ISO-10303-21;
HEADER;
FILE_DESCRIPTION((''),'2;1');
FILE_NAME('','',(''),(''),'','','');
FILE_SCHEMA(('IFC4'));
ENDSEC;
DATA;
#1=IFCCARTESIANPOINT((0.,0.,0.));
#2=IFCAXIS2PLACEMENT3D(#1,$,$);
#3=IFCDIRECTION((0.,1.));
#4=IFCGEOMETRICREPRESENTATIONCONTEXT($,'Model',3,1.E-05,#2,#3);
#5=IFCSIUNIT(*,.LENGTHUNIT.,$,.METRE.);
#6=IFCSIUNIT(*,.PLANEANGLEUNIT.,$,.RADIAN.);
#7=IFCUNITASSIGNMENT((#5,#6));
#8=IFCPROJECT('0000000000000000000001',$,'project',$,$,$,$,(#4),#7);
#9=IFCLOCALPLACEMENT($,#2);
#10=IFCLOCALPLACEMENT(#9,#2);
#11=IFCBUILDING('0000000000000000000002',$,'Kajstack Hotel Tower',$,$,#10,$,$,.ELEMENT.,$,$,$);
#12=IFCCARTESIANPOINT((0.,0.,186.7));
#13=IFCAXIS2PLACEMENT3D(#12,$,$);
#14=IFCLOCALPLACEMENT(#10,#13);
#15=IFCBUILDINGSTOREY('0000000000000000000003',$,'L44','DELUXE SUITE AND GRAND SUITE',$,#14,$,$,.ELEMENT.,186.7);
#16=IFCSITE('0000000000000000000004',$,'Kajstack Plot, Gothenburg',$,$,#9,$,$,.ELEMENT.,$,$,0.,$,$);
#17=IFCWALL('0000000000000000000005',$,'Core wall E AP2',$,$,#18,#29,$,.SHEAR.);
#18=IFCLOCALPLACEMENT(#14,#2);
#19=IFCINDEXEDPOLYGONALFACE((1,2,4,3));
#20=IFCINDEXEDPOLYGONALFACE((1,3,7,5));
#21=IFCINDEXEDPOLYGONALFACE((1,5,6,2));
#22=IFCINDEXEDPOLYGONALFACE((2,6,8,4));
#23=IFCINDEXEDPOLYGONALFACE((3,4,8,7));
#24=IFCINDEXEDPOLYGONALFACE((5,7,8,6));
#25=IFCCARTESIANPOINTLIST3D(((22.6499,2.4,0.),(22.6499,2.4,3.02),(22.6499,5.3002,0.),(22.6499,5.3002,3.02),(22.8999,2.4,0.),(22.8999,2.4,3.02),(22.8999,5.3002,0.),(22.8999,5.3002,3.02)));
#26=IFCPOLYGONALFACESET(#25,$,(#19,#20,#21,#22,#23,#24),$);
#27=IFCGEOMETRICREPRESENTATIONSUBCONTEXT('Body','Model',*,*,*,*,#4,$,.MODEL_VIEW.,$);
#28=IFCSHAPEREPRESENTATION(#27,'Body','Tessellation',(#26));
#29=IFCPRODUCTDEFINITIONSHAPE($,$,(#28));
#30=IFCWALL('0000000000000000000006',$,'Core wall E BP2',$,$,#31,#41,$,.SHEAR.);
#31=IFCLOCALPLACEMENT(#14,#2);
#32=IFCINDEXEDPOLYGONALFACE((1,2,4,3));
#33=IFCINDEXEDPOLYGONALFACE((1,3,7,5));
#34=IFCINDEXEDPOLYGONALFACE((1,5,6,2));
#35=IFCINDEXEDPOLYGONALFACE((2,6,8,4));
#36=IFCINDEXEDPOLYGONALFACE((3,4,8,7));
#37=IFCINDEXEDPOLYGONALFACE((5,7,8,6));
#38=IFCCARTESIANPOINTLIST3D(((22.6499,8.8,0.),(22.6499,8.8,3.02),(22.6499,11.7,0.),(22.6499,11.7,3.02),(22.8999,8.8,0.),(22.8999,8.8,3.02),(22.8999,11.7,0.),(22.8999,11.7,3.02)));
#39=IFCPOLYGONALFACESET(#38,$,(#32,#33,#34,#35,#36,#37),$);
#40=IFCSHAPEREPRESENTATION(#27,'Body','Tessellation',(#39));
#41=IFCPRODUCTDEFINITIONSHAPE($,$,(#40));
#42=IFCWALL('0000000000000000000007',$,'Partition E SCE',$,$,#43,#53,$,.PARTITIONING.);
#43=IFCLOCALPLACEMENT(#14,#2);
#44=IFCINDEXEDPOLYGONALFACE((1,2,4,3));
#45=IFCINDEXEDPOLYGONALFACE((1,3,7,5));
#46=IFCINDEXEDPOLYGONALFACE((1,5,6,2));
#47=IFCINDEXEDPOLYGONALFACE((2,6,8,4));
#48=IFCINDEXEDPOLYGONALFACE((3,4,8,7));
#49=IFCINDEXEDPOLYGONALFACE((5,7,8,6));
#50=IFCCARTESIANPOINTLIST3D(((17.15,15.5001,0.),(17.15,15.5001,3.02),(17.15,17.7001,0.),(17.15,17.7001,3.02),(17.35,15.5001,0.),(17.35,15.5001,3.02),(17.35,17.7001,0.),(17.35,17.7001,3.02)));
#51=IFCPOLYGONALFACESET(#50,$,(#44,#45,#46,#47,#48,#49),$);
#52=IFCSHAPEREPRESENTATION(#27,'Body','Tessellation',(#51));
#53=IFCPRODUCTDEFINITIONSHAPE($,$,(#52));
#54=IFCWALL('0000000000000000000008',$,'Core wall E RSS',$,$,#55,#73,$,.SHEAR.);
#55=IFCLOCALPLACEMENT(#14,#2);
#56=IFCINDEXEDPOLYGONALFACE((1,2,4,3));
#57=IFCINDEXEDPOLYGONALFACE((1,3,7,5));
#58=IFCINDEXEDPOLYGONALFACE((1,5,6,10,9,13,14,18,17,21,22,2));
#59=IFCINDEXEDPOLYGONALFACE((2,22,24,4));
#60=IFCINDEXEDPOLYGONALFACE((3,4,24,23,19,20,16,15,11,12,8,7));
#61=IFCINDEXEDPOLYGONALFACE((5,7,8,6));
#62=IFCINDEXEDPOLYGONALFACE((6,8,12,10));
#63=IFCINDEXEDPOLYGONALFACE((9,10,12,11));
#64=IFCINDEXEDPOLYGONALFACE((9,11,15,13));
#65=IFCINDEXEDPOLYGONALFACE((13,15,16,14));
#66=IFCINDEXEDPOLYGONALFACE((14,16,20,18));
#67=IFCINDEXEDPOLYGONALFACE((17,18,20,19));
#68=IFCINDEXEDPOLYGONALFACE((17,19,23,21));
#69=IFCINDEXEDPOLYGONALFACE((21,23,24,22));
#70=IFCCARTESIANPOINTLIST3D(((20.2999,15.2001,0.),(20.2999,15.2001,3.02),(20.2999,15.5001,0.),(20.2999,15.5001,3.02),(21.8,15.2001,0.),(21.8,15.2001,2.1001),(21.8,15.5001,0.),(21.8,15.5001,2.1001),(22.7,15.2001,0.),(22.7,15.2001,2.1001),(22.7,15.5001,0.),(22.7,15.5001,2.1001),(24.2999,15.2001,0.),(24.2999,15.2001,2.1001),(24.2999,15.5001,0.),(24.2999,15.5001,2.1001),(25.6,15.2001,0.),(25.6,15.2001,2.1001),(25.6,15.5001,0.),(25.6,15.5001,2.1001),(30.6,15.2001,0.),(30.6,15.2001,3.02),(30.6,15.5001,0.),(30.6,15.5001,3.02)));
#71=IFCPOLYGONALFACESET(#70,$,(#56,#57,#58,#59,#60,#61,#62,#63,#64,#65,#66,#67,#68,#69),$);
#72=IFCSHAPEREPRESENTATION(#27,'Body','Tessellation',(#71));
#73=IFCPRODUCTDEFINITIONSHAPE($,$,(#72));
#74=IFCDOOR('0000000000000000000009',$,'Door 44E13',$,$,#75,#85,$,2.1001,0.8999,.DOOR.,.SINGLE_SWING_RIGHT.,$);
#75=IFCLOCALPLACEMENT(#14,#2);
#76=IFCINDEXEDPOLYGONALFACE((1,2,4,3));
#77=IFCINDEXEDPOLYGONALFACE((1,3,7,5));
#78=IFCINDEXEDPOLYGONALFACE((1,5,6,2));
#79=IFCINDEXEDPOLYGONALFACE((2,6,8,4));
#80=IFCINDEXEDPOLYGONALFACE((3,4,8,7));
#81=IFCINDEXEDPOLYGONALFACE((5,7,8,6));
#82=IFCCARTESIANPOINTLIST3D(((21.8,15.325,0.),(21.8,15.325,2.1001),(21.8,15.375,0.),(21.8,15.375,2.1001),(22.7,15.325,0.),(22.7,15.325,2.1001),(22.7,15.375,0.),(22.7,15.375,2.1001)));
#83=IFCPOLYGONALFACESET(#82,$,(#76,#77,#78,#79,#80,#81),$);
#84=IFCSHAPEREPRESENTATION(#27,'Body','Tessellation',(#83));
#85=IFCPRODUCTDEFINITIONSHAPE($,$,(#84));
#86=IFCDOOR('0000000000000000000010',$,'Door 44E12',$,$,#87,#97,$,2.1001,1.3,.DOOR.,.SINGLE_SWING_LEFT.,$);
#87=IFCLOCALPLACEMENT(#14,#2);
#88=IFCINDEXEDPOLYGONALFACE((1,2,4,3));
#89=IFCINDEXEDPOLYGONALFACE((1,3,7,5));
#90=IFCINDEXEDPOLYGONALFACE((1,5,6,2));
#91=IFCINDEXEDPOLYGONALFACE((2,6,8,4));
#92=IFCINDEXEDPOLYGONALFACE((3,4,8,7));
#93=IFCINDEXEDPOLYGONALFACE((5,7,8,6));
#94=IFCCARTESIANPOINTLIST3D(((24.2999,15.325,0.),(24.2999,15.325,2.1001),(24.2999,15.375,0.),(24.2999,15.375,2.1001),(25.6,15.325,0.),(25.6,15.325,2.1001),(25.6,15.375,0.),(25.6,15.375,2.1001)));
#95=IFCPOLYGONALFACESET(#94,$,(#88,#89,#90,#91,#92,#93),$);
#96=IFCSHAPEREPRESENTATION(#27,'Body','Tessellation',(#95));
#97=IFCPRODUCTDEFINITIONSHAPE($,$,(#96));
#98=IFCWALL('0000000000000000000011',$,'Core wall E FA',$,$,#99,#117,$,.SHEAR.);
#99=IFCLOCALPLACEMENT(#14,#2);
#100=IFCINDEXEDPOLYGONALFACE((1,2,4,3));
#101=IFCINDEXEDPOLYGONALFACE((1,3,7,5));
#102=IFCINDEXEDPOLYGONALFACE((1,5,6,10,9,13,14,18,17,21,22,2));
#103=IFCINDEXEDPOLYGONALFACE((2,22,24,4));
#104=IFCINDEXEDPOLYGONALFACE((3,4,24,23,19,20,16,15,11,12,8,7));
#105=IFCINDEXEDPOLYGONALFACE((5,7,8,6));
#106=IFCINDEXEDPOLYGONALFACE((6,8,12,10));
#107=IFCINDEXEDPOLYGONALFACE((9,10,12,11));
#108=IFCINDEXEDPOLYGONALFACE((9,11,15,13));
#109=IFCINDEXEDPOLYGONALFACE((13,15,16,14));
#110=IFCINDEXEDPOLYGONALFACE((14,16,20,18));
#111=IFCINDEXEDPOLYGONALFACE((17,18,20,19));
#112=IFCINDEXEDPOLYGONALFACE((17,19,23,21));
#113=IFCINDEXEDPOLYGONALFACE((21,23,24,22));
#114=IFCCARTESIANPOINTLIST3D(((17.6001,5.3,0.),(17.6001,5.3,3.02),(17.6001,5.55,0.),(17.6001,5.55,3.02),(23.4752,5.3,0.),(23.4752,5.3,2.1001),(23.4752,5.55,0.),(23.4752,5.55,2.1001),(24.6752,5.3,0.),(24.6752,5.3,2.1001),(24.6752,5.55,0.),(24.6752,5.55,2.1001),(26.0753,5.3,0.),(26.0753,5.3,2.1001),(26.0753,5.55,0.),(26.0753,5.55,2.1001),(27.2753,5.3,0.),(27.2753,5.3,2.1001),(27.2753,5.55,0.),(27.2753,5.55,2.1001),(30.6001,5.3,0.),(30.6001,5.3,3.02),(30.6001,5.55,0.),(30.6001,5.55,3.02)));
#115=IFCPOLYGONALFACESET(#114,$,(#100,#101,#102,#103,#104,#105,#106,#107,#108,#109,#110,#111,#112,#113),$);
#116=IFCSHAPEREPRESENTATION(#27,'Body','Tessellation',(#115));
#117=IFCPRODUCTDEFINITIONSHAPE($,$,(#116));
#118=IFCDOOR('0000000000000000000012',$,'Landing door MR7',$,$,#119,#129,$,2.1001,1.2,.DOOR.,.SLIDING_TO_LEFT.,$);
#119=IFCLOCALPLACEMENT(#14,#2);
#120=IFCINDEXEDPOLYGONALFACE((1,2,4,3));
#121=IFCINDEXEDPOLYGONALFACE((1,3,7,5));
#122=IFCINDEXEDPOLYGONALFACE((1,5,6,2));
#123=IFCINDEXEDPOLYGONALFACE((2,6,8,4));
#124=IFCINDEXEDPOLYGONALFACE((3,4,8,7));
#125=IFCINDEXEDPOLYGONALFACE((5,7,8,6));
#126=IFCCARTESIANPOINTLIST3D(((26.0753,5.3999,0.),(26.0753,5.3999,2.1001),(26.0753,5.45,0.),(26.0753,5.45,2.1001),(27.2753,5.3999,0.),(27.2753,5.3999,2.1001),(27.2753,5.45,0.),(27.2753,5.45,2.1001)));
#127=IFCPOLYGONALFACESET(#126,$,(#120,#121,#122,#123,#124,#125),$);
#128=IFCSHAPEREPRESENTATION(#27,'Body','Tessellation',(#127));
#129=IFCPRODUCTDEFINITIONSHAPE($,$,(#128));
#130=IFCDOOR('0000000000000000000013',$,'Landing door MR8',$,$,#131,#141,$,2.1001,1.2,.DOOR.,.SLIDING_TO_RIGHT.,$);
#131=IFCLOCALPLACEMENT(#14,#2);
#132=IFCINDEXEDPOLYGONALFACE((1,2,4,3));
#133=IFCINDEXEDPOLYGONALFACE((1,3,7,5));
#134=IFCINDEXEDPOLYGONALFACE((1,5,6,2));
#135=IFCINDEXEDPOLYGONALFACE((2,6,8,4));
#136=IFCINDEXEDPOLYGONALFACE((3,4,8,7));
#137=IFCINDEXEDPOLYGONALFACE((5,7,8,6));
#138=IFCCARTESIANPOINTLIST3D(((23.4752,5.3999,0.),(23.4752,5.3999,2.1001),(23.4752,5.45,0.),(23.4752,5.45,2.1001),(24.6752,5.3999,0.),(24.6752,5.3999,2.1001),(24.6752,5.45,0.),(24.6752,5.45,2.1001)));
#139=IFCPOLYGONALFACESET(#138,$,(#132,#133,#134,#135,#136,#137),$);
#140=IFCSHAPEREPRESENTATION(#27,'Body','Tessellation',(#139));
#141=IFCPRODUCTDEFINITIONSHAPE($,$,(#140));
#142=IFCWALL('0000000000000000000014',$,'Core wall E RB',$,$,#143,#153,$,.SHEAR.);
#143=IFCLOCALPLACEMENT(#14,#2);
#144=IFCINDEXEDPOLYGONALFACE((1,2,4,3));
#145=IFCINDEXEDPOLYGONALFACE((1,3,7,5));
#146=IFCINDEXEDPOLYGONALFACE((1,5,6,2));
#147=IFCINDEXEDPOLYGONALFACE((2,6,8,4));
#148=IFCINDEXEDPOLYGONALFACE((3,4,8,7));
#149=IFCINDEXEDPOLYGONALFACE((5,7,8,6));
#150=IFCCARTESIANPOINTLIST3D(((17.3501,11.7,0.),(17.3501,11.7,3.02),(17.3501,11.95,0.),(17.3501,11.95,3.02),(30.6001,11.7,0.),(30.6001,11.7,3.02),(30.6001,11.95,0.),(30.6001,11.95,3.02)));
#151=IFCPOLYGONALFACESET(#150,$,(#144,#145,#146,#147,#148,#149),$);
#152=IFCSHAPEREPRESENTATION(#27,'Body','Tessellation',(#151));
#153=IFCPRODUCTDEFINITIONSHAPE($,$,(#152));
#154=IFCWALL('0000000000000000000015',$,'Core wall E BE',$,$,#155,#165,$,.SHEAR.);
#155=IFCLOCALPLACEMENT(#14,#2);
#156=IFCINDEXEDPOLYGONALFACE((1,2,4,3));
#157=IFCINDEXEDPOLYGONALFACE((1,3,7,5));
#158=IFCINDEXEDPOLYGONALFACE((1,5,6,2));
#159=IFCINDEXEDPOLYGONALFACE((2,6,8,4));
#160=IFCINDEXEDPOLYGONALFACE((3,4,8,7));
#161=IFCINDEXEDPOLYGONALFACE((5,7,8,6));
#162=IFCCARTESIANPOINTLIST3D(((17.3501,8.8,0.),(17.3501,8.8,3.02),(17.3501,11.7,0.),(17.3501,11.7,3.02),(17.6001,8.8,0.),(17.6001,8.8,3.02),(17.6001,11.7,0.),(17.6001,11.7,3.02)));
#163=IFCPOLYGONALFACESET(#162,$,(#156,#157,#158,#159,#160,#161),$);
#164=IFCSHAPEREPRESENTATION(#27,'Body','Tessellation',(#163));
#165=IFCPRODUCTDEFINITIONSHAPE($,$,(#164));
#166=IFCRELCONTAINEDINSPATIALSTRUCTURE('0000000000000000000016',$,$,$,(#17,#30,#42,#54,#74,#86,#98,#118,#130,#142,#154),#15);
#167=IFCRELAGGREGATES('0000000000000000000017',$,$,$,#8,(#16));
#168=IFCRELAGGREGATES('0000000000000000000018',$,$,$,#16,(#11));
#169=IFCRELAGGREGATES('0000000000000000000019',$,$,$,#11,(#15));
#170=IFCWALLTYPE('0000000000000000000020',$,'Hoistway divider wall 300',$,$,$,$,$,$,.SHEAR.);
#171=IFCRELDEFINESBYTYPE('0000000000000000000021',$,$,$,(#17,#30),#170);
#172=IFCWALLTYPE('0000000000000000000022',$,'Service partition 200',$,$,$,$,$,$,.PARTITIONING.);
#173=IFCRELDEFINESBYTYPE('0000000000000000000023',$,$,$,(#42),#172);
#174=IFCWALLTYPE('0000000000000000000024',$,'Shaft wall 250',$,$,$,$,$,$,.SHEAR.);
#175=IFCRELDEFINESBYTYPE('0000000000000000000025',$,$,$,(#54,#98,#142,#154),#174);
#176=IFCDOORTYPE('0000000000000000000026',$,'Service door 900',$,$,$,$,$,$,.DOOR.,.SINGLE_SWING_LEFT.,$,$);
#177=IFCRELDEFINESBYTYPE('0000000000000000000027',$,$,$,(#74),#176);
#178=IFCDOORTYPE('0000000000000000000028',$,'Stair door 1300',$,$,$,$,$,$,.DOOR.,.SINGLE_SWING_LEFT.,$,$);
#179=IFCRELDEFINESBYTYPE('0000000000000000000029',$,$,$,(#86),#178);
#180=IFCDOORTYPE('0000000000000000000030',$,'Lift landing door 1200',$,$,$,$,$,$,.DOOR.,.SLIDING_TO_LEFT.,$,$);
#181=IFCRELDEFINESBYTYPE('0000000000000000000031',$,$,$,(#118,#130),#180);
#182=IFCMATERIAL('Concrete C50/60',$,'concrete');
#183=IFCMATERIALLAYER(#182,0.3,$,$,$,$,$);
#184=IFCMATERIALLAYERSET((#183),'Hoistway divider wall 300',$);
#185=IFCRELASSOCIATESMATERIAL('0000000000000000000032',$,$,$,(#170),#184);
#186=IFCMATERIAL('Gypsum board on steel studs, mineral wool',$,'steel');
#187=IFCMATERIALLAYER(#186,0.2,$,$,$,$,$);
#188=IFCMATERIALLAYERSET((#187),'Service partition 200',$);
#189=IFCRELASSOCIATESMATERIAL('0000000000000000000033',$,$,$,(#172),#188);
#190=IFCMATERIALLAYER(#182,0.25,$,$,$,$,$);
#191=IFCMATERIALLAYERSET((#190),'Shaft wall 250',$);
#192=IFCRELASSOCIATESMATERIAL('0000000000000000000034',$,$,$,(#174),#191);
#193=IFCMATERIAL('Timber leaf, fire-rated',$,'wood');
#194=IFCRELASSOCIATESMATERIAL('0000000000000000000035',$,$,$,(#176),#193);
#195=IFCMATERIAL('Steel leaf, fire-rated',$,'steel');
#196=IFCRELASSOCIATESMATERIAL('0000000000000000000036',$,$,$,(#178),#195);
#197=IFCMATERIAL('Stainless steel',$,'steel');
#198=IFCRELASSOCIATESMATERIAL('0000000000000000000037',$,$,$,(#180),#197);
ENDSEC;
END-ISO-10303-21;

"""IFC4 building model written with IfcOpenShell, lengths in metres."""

from ifc_helpers import new_model, si_unit, direction, frame, frame_2d, origin, place, context, subcontext, project, spatial, rectangle, extrude, material, layer, layer_set, type_object, element, fill, save


model = new_model("IFC4")

# Units and contexts
model_context = context("Model", 3, precision=1e-05, world=origin(), true_north=direction((0.0, 1.0)))
body_context = subcontext(model_context, "Body", "Model", "MODEL_VIEW")
ifc_project = project(units=[si_unit("LENGTHUNIT", "METRE"), si_unit("PLANEANGLEUNIT", "RADIAN")], contexts=[model_context])

# Site, building, storey
site_placement = place(None, origin())
site = spatial("IfcSite", under=ifc_project, at=site_placement, Name="Kajstack Plot, Gothenburg", CompositionType="ELEMENT", RefElevation=0.0)
building_placement = place(site_placement, origin())
building = spatial("IfcBuilding", under=site, at=building_placement, Name="Kajstack Hotel Tower", CompositionType="ELEMENT")
storey_placement = place(building_placement, frame((0.0, 0.0, 186.7)))
storey = spatial("IfcBuildingStorey", under=building, at=storey_placement, Name="L44", Description="DELUXE SUITE AND GRAND SUITE", CompositionType="ELEMENT", Elevation=186.7)

# Walls
ifc_material_1 = material(Name="Concrete C50/60", Category="concrete")
ifc_layer_1 = layer(ifc_material_1, 0.3)
ifc_layer_set_1 = layer_set([ifc_layer_1], Name="Hoistway divider wall 300")
wall_type_1 = type_object("IfcWallType", Name="Hoistway divider wall 300", PredefinedType="SHEAR", material=ifc_layer_set_1)
wall_1_placement = place(storey_placement, frame((22.7749, 2.3999, 0.0), z_axis=(0.0, 0.0, 1.0), x_axis=(0.0, 1.0, 0.0)))
element("IfcWall", 1, at=wall_1_placement, inside=storey, type_object=wall_type_1, Name="Core wall E AP2", PredefinedType="SHEAR", context=body_context, shape_type="SweptSolid", body=[
    extrude(rectangle(XDim=2.9001, YDim=0.25, at=frame_2d((1.4502, 0.0))), origin(), (0.0, 0.0, 1.0), 3.02),
])
wall_2_placement = place(storey_placement, frame((22.7749, 8.8, 0.0), z_axis=(0.0, 0.0, 1.0), x_axis=(0.0, 1.0, 0.0)))
element("IfcWall", 2, at=wall_2_placement, inside=storey, type_object=wall_type_1, Name="Core wall E BP2", PredefinedType="SHEAR", context=body_context, shape_type="SweptSolid", body=[
    extrude(rectangle(XDim=2.8999, YDim=0.25, at=frame_2d((1.45, 0.0))), origin(), (0.0, 0.0, 1.0), 3.02),
])
ifc_material_2 = material(Name="Gypsum board on steel studs, mineral wool", Category="steel")
ifc_layer_2 = layer(ifc_material_2, 0.2)
ifc_layer_set_2 = layer_set([ifc_layer_2], Name="Service partition 200")
wall_type_2 = type_object("IfcWallType", Name="Service partition 200", PredefinedType="PARTITIONING", material=ifc_layer_set_2)
wall_3_placement = place(storey_placement, frame((17.25, 15.5, 0.0), z_axis=(0.0, 0.0, 1.0), x_axis=(0.0, 1.0, 0.0)))
element("IfcWall", 3, at=wall_3_placement, inside=storey, type_object=wall_type_2, Name="Partition E SCE", PredefinedType="PARTITIONING", context=body_context, shape_type="SweptSolid", body=[
    extrude(rectangle(XDim=2.2, YDim=0.2, at=frame_2d((1.1001, 0.0))), origin(), (0.0, 0.0, 1.0), 3.02),
])

# Walls, openings, doors
ifc_layer_3 = layer(ifc_material_1, 0.25)
ifc_layer_set_3 = layer_set([ifc_layer_3], Name="Shaft wall 250")
wall_type_3 = type_object("IfcWallType", Name="Shaft wall 250", PredefinedType="SHEAR", material=ifc_layer_set_3)
wall_4_placement = place(storey_placement, frame((20.3, 15.3501, 0.0), z_axis=(0.0, 0.0, 1.0), x_axis=(1.0, 0.0, 0.0)))
wall_4 = element("IfcWall", 4, at=wall_4_placement, inside=storey, type_object=wall_type_3, Name="Core wall E RSS", PredefinedType="SHEAR", context=body_context, shape_type="SweptSolid", body=[
    extrude(rectangle(XDim=10.3, YDim=0.3, at=frame_2d((5.1499, 0.0))), origin(), (0.0, 0.0, 1.0), 3.02),
])
opening_1_placement = place(wall_4_placement, frame((4.0, 0.0, 0.0)))
opening_1 = element("IfcOpeningElement", 5, at=opening_1_placement, cuts=wall_4, PredefinedType="OPENING", context=body_context, shape_type="SweptSolid", body=[
    extrude(rectangle(XDim=1.3, YDim=2.1001, at=frame_2d((0.6499, 1.05))), frame((0.0, 0.1599, 0.0), z_axis=(0.0, -1.0, 0.0), x_axis=(1.0, 0.0, 0.0)), (0.0, 0.0, 1.0), 0.3201),
])
opening_2_placement = place(wall_4_placement, frame((1.5, 0.0, 0.0)))
opening_2 = element("IfcOpeningElement", 6, at=opening_2_placement, cuts=wall_4, PredefinedType="OPENING", context=body_context, shape_type="SweptSolid", body=[
    extrude(rectangle(XDim=0.8999, YDim=2.1001, at=frame_2d((0.45, 1.05))), frame((0.0, 0.1599, 0.0), z_axis=(0.0, -1.0, 0.0), x_axis=(1.0, 0.0, 0.0)), (0.0, 0.0, 1.0), 0.3201),
])
ifc_material_3 = material(Name="Timber leaf, fire-rated", Category="wood")
door_type_1 = type_object("IfcDoorType", Name="Service door 900", OperationType="SINGLE_SWING_LEFT", PredefinedType="DOOR", material=ifc_material_3)
door_1_placement = place(opening_2_placement, origin())
door_1 = element("IfcDoor", 7, at=door_1_placement, inside=storey, type_object=door_type_1, Name="Door 44E13", OperationType="SINGLE_SWING_RIGHT", OverallHeight=2.1001, OverallWidth=0.8999, PredefinedType="DOOR", context=body_context, shape_type="SweptSolid", body=[
    extrude(rectangle(XDim=0.8999, YDim=2.1001, at=frame_2d((0.45, 1.05))), frame((0.0, 0.0249, 0.0), z_axis=(0.0, -1.0, 0.0), x_axis=(1.0, 0.0, 0.0)), (0.0, 0.0, 1.0), 0.05),
])
fill(opening_2, door_1)
ifc_material_4 = material(Name="Steel leaf, fire-rated", Category="steel")
door_type_2 = type_object("IfcDoorType", Name="Stair door 1300", OperationType="SINGLE_SWING_LEFT", PredefinedType="DOOR", material=ifc_material_4)
door_2_placement = place(opening_1_placement, origin())
door_2 = element("IfcDoor", 8, at=door_2_placement, inside=storey, type_object=door_type_2, Name="Door 44E12", OperationType="SINGLE_SWING_LEFT", OverallHeight=2.1001, OverallWidth=1.3, PredefinedType="DOOR", context=body_context, shape_type="SweptSolid", body=[
    extrude(rectangle(XDim=1.3, YDim=2.1001, at=frame_2d((0.6499, 1.05))), frame((0.0, 0.0249, 0.0), z_axis=(0.0, -1.0, 0.0), x_axis=(1.0, 0.0, 0.0)), (0.0, 0.0, 1.0), 0.05),
])
fill(opening_1, door_2)
wall_5_placement = place(storey_placement, frame((17.6001, 5.425, 0.0), z_axis=(0.0, 0.0, 1.0), x_axis=(1.0, 0.0, 0.0)))
wall_5 = element("IfcWall", 9, at=wall_5_placement, inside=storey, type_object=wall_type_3, Name="Core wall E FA", PredefinedType="SHEAR", context=body_context, shape_type="SweptSolid", body=[
    extrude(rectangle(XDim=13.0, YDim=0.25, at=frame_2d((6.5, 0.0))), origin(), (0.0, 0.0, 1.0), 3.02),
])
opening_3_placement = place(wall_5_placement, frame((8.4751, 0.0, 0.0)))
opening_3 = element("IfcOpeningElement", 10, at=opening_3_placement, cuts=wall_5, PredefinedType="OPENING", context=body_context, shape_type="SweptSolid", body=[
    extrude(rectangle(XDim=1.2, YDim=2.1001, at=frame_2d((0.6001, 1.05))), frame((0.0, 0.135, 0.0), z_axis=(0.0, -1.0, 0.0), x_axis=(1.0, 0.0, 0.0)), (0.0, 0.0, 1.0), 0.27),
])
opening_4_placement = place(wall_5_placement, frame((5.875, 0.0, 0.0)))
opening_4 = element("IfcOpeningElement", 11, at=opening_4_placement, cuts=wall_5, PredefinedType="OPENING", context=body_context, shape_type="SweptSolid", body=[
    extrude(rectangle(XDim=1.2, YDim=2.1001, at=frame_2d((0.6001, 1.05))), frame((0.0, 0.135, 0.0), z_axis=(0.0, -1.0, 0.0), x_axis=(1.0, 0.0, 0.0)), (0.0, 0.0, 1.0), 0.27),
])
ifc_material_5 = material(Name="Stainless steel", Category="steel")
door_type_3 = type_object("IfcDoorType", Name="Lift landing door 1200", OperationType="SLIDING_TO_LEFT", PredefinedType="DOOR", material=ifc_material_5)
door_3_placement = place(opening_3_placement, origin())
door_3 = element("IfcDoor", 12, at=door_3_placement, inside=storey, type_object=door_type_3, Name="Landing door MR7", OperationType="SLIDING_TO_LEFT", OverallHeight=2.1001, OverallWidth=1.2, PredefinedType="DOOR", context=body_context, shape_type="SweptSolid", body=[
    extrude(rectangle(XDim=1.2, YDim=2.1001, at=frame_2d((0.6001, 1.05))), frame((0.0, 0.0249, 0.0), z_axis=(0.0, -1.0, 0.0), x_axis=(1.0, 0.0, 0.0)), (0.0, 0.0, 1.0), 0.05),
])
fill(opening_3, door_3)
door_4_placement = place(opening_4_placement, origin())
door_4 = element("IfcDoor", 13, at=door_4_placement, inside=storey, type_object=door_type_3, Name="Landing door MR8", OperationType="SLIDING_TO_RIGHT", OverallHeight=2.1001, OverallWidth=1.2, PredefinedType="DOOR", context=body_context, shape_type="SweptSolid", body=[
    extrude(rectangle(XDim=1.2, YDim=2.1001, at=frame_2d((0.6001, 1.05))), frame((0.0, 0.0249, 0.0), z_axis=(0.0, -1.0, 0.0), x_axis=(1.0, 0.0, 0.0)), (0.0, 0.0, 1.0), 0.05),
])
fill(opening_4, door_4)

# Walls
wall_6_placement = place(storey_placement, frame((17.3501, 11.825, 0.0), z_axis=(0.0, 0.0, 1.0), x_axis=(1.0, 0.0, 0.0)))
element("IfcWall", 14, at=wall_6_placement, inside=storey, type_object=wall_type_3, Name="Core wall E RB", PredefinedType="SHEAR", context=body_context, shape_type="SweptSolid", body=[
    extrude(rectangle(XDim=13.25, YDim=0.25, at=frame_2d((6.625, 0.0))), origin(), (0.0, 0.0, 1.0), 3.02),
])
wall_7_placement = place(storey_placement, frame((17.4751, 8.8, 0.0), z_axis=(0.0, 0.0, 1.0), x_axis=(0.0, 1.0, 0.0)))
element("IfcWall", 15, at=wall_7_placement, inside=storey, type_object=wall_type_3, Name="Core wall E BE", PredefinedType="SHEAR", context=body_context, shape_type="SweptSolid", body=[
    extrude(rectangle(XDim=2.8999, YDim=0.25, at=frame_2d((1.45, 0.0))), origin(), (0.0, 0.0, 1.0), 3.02),
])

save(model, "model.ifc")
